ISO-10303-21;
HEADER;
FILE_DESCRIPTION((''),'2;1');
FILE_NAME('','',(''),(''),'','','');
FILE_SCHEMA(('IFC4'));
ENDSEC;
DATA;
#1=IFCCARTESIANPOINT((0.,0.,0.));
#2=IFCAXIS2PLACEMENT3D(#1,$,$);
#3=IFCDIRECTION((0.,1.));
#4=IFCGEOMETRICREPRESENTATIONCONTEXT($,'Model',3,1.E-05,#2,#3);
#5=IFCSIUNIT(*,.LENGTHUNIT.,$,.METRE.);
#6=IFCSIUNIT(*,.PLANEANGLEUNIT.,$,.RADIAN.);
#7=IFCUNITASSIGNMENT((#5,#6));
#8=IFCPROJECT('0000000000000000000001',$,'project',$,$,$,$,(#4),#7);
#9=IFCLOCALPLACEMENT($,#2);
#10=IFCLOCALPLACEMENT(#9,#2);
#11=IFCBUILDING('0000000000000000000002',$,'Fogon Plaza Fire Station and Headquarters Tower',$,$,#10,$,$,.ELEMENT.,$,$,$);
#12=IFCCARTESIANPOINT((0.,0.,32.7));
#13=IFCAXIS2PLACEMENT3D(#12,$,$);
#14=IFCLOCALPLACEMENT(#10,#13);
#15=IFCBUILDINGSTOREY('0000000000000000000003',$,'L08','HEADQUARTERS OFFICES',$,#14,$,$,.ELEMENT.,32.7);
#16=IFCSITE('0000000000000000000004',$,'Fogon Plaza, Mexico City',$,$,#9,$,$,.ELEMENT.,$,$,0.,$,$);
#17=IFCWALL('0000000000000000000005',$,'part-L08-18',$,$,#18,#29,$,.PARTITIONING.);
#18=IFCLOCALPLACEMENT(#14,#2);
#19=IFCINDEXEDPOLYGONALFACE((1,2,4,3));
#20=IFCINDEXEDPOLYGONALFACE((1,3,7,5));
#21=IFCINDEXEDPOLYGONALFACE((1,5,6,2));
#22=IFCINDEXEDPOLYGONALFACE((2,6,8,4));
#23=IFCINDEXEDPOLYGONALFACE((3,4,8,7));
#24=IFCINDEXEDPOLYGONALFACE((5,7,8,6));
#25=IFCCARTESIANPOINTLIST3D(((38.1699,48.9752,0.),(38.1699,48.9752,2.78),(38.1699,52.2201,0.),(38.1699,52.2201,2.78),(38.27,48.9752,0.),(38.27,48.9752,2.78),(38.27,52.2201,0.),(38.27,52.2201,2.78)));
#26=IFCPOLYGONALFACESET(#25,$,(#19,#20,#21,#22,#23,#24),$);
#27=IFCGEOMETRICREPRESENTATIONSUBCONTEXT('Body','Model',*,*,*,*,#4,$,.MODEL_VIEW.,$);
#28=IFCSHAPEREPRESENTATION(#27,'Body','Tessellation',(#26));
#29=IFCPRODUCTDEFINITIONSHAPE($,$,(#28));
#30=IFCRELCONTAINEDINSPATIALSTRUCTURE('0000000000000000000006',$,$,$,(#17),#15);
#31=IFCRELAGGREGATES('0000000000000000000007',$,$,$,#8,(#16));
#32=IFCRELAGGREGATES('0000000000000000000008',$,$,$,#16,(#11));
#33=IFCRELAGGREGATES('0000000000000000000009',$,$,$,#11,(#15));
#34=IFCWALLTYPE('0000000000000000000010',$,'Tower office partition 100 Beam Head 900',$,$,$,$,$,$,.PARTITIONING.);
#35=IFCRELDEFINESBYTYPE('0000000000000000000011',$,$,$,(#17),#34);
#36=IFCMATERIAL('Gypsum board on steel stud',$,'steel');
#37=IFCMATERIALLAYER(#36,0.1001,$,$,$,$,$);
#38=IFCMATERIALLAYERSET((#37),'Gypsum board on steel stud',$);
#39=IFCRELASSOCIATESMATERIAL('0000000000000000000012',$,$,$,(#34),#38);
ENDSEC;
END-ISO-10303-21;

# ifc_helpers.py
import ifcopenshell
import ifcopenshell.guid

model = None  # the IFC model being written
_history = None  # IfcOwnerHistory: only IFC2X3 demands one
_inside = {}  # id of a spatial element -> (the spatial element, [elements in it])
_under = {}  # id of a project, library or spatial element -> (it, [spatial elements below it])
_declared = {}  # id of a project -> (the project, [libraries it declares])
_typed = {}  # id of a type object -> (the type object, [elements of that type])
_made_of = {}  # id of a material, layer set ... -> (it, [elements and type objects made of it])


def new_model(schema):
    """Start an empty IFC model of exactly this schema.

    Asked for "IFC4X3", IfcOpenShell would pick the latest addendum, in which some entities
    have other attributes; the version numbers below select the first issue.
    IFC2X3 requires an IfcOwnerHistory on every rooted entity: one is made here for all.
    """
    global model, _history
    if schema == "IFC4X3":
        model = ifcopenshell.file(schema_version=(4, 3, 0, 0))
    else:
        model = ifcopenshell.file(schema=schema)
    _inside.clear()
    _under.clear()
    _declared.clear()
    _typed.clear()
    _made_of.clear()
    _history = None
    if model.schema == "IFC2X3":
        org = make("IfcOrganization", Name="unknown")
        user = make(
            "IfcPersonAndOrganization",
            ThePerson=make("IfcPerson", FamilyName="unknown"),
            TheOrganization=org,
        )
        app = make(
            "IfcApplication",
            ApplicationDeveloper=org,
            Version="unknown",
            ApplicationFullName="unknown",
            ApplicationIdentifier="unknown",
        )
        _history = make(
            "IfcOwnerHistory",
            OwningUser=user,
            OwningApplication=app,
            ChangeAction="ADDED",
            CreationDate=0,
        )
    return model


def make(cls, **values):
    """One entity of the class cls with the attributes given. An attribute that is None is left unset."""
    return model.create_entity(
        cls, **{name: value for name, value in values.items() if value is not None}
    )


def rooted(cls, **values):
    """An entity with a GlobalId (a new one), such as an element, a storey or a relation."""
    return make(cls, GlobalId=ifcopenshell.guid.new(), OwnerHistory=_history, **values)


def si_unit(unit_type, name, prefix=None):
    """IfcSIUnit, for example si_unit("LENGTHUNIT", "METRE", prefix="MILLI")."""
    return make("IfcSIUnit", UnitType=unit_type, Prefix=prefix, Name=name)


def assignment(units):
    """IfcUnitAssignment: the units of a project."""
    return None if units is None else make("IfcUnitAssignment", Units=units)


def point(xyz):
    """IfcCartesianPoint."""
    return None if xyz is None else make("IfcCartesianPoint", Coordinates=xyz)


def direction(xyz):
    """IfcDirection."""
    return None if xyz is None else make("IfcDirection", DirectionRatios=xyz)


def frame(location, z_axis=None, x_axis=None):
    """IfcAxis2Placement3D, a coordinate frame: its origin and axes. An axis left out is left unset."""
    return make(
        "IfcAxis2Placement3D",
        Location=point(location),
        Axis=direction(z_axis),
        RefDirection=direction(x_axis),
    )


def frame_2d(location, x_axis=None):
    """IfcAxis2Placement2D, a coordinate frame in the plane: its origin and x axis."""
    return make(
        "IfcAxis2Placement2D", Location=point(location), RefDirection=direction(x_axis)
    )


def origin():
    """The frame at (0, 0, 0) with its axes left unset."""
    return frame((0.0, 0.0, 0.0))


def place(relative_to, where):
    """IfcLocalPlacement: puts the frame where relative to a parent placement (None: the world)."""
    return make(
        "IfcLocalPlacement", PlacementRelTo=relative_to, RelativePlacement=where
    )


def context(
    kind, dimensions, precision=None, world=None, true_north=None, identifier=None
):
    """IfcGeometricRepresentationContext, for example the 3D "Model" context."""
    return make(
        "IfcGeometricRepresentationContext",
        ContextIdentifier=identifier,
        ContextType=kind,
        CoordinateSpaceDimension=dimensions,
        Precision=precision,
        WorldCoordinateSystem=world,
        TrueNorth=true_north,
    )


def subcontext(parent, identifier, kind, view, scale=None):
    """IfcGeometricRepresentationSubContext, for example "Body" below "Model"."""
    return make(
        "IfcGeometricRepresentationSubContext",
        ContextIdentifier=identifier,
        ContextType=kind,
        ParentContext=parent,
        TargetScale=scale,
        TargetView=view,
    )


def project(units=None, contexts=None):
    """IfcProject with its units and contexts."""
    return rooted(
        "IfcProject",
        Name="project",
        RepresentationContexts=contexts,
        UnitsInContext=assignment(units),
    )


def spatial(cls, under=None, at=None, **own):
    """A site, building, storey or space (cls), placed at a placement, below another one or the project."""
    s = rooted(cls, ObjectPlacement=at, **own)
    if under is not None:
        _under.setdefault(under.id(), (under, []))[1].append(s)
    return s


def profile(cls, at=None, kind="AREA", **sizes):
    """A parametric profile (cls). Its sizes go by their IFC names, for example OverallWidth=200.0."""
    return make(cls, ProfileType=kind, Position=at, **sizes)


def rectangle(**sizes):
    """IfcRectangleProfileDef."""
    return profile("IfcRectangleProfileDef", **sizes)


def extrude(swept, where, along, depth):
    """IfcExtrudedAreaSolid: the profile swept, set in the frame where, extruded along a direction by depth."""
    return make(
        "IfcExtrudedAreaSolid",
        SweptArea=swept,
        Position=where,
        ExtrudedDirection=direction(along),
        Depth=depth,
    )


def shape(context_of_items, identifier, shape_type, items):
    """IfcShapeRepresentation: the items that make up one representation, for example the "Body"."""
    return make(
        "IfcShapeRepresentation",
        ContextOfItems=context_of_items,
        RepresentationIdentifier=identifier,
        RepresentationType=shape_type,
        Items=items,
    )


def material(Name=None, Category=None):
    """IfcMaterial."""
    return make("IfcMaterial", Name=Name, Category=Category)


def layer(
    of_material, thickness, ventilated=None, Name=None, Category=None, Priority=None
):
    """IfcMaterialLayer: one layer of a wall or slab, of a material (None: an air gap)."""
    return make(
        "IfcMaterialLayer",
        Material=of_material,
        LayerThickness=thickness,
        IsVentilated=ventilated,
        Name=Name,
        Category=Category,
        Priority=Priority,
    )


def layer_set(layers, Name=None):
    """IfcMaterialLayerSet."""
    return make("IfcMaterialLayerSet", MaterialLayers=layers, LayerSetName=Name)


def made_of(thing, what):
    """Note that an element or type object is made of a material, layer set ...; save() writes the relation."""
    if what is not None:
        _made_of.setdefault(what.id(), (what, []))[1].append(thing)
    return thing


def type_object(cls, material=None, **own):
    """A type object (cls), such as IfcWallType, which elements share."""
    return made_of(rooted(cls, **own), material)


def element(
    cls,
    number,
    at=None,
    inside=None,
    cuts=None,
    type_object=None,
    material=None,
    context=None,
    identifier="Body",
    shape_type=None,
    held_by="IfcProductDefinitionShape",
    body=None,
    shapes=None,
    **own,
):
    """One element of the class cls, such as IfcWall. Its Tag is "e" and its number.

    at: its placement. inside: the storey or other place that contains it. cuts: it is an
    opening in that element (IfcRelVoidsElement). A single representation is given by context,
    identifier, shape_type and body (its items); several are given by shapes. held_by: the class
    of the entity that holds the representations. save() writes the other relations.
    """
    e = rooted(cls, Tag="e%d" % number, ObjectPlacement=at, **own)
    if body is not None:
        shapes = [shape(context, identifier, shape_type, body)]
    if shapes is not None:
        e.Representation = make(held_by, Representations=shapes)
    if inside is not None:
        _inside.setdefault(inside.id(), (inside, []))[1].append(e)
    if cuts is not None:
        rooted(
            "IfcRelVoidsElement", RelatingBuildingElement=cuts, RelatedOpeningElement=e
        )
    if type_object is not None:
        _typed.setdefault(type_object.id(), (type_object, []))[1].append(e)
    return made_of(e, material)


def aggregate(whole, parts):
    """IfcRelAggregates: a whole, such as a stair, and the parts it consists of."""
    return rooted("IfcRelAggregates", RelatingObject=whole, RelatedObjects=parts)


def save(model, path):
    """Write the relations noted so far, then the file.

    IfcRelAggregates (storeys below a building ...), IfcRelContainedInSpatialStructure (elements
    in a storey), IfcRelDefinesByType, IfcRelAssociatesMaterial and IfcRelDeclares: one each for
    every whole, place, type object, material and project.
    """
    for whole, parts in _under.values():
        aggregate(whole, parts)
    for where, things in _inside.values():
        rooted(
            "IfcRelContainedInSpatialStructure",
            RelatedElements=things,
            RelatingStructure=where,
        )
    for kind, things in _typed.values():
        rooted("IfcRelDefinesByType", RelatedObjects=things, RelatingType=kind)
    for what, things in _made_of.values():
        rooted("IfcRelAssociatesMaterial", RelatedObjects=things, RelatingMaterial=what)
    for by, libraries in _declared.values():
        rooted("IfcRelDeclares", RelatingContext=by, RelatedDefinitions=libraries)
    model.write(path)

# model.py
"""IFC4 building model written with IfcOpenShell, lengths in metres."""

from ifc_helpers import new_model, si_unit, direction, frame, frame_2d, origin, place, context, subcontext, project, spatial, rectangle, extrude, material, layer, layer_set, type_object, element, save


model = new_model("IFC4")

# Units and contexts
model_context = context("Model", 3, precision=1e-05, world=origin(), true_north=direction((0.0, 1.0)))
body_context = subcontext(model_context, "Body", "Model", "MODEL_VIEW")
ifc_project = project(units=[si_unit("LENGTHUNIT", "METRE"), si_unit("PLANEANGLEUNIT", "RADIAN")], contexts=[model_context])

# Site, building, storey
site_placement = place(None, origin())
site = spatial("IfcSite", under=ifc_project, at=site_placement, Name="Fogon Plaza, Mexico City", CompositionType="ELEMENT", RefElevation=0.0)
building_placement = place(site_placement, origin())
building = spatial("IfcBuilding", under=site, at=building_placement, Name="Fogon Plaza Fire Station and Headquarters Tower", CompositionType="ELEMENT")
storey_placement = place(building_placement, frame((0.0, 0.0, 32.7)))
storey = spatial("IfcBuildingStorey", under=building, at=storey_placement, Name="L08", Description="HEADQUARTERS OFFICES", CompositionType="ELEMENT", Elevation=32.7)

# Wall
ifc_material_1 = material(Name="Gypsum board on steel stud", Category="steel")
ifc_layer_1 = layer(ifc_material_1, 0.1001)
ifc_layer_set_1 = layer_set([ifc_layer_1], Name="Gypsum board on steel stud")
wall_type_1 = type_object("IfcWallType", Name="Tower office partition 100 Beam Head 900", PredefinedType="PARTITIONING", material=ifc_layer_set_1)
wall_1_placement = place(storey_placement, frame((38.22, 48.9751, 0.0), z_axis=(0.0, 0.0, 1.0), x_axis=(0.0, 1.0, 0.0)))
element("IfcWall", 1, at=wall_1_placement, inside=storey, type_object=wall_type_1, Name="part-L08-18", PredefinedType="PARTITIONING", context=body_context, shape_type="SweptSolid", body=[
    extrude(rectangle(XDim=3.2449, YDim=0.1001, at=frame_2d((1.6226, 0.0))), origin(), (0.0, 0.0, 1.0), 2.78),
])

save(model, "model.ifc")
